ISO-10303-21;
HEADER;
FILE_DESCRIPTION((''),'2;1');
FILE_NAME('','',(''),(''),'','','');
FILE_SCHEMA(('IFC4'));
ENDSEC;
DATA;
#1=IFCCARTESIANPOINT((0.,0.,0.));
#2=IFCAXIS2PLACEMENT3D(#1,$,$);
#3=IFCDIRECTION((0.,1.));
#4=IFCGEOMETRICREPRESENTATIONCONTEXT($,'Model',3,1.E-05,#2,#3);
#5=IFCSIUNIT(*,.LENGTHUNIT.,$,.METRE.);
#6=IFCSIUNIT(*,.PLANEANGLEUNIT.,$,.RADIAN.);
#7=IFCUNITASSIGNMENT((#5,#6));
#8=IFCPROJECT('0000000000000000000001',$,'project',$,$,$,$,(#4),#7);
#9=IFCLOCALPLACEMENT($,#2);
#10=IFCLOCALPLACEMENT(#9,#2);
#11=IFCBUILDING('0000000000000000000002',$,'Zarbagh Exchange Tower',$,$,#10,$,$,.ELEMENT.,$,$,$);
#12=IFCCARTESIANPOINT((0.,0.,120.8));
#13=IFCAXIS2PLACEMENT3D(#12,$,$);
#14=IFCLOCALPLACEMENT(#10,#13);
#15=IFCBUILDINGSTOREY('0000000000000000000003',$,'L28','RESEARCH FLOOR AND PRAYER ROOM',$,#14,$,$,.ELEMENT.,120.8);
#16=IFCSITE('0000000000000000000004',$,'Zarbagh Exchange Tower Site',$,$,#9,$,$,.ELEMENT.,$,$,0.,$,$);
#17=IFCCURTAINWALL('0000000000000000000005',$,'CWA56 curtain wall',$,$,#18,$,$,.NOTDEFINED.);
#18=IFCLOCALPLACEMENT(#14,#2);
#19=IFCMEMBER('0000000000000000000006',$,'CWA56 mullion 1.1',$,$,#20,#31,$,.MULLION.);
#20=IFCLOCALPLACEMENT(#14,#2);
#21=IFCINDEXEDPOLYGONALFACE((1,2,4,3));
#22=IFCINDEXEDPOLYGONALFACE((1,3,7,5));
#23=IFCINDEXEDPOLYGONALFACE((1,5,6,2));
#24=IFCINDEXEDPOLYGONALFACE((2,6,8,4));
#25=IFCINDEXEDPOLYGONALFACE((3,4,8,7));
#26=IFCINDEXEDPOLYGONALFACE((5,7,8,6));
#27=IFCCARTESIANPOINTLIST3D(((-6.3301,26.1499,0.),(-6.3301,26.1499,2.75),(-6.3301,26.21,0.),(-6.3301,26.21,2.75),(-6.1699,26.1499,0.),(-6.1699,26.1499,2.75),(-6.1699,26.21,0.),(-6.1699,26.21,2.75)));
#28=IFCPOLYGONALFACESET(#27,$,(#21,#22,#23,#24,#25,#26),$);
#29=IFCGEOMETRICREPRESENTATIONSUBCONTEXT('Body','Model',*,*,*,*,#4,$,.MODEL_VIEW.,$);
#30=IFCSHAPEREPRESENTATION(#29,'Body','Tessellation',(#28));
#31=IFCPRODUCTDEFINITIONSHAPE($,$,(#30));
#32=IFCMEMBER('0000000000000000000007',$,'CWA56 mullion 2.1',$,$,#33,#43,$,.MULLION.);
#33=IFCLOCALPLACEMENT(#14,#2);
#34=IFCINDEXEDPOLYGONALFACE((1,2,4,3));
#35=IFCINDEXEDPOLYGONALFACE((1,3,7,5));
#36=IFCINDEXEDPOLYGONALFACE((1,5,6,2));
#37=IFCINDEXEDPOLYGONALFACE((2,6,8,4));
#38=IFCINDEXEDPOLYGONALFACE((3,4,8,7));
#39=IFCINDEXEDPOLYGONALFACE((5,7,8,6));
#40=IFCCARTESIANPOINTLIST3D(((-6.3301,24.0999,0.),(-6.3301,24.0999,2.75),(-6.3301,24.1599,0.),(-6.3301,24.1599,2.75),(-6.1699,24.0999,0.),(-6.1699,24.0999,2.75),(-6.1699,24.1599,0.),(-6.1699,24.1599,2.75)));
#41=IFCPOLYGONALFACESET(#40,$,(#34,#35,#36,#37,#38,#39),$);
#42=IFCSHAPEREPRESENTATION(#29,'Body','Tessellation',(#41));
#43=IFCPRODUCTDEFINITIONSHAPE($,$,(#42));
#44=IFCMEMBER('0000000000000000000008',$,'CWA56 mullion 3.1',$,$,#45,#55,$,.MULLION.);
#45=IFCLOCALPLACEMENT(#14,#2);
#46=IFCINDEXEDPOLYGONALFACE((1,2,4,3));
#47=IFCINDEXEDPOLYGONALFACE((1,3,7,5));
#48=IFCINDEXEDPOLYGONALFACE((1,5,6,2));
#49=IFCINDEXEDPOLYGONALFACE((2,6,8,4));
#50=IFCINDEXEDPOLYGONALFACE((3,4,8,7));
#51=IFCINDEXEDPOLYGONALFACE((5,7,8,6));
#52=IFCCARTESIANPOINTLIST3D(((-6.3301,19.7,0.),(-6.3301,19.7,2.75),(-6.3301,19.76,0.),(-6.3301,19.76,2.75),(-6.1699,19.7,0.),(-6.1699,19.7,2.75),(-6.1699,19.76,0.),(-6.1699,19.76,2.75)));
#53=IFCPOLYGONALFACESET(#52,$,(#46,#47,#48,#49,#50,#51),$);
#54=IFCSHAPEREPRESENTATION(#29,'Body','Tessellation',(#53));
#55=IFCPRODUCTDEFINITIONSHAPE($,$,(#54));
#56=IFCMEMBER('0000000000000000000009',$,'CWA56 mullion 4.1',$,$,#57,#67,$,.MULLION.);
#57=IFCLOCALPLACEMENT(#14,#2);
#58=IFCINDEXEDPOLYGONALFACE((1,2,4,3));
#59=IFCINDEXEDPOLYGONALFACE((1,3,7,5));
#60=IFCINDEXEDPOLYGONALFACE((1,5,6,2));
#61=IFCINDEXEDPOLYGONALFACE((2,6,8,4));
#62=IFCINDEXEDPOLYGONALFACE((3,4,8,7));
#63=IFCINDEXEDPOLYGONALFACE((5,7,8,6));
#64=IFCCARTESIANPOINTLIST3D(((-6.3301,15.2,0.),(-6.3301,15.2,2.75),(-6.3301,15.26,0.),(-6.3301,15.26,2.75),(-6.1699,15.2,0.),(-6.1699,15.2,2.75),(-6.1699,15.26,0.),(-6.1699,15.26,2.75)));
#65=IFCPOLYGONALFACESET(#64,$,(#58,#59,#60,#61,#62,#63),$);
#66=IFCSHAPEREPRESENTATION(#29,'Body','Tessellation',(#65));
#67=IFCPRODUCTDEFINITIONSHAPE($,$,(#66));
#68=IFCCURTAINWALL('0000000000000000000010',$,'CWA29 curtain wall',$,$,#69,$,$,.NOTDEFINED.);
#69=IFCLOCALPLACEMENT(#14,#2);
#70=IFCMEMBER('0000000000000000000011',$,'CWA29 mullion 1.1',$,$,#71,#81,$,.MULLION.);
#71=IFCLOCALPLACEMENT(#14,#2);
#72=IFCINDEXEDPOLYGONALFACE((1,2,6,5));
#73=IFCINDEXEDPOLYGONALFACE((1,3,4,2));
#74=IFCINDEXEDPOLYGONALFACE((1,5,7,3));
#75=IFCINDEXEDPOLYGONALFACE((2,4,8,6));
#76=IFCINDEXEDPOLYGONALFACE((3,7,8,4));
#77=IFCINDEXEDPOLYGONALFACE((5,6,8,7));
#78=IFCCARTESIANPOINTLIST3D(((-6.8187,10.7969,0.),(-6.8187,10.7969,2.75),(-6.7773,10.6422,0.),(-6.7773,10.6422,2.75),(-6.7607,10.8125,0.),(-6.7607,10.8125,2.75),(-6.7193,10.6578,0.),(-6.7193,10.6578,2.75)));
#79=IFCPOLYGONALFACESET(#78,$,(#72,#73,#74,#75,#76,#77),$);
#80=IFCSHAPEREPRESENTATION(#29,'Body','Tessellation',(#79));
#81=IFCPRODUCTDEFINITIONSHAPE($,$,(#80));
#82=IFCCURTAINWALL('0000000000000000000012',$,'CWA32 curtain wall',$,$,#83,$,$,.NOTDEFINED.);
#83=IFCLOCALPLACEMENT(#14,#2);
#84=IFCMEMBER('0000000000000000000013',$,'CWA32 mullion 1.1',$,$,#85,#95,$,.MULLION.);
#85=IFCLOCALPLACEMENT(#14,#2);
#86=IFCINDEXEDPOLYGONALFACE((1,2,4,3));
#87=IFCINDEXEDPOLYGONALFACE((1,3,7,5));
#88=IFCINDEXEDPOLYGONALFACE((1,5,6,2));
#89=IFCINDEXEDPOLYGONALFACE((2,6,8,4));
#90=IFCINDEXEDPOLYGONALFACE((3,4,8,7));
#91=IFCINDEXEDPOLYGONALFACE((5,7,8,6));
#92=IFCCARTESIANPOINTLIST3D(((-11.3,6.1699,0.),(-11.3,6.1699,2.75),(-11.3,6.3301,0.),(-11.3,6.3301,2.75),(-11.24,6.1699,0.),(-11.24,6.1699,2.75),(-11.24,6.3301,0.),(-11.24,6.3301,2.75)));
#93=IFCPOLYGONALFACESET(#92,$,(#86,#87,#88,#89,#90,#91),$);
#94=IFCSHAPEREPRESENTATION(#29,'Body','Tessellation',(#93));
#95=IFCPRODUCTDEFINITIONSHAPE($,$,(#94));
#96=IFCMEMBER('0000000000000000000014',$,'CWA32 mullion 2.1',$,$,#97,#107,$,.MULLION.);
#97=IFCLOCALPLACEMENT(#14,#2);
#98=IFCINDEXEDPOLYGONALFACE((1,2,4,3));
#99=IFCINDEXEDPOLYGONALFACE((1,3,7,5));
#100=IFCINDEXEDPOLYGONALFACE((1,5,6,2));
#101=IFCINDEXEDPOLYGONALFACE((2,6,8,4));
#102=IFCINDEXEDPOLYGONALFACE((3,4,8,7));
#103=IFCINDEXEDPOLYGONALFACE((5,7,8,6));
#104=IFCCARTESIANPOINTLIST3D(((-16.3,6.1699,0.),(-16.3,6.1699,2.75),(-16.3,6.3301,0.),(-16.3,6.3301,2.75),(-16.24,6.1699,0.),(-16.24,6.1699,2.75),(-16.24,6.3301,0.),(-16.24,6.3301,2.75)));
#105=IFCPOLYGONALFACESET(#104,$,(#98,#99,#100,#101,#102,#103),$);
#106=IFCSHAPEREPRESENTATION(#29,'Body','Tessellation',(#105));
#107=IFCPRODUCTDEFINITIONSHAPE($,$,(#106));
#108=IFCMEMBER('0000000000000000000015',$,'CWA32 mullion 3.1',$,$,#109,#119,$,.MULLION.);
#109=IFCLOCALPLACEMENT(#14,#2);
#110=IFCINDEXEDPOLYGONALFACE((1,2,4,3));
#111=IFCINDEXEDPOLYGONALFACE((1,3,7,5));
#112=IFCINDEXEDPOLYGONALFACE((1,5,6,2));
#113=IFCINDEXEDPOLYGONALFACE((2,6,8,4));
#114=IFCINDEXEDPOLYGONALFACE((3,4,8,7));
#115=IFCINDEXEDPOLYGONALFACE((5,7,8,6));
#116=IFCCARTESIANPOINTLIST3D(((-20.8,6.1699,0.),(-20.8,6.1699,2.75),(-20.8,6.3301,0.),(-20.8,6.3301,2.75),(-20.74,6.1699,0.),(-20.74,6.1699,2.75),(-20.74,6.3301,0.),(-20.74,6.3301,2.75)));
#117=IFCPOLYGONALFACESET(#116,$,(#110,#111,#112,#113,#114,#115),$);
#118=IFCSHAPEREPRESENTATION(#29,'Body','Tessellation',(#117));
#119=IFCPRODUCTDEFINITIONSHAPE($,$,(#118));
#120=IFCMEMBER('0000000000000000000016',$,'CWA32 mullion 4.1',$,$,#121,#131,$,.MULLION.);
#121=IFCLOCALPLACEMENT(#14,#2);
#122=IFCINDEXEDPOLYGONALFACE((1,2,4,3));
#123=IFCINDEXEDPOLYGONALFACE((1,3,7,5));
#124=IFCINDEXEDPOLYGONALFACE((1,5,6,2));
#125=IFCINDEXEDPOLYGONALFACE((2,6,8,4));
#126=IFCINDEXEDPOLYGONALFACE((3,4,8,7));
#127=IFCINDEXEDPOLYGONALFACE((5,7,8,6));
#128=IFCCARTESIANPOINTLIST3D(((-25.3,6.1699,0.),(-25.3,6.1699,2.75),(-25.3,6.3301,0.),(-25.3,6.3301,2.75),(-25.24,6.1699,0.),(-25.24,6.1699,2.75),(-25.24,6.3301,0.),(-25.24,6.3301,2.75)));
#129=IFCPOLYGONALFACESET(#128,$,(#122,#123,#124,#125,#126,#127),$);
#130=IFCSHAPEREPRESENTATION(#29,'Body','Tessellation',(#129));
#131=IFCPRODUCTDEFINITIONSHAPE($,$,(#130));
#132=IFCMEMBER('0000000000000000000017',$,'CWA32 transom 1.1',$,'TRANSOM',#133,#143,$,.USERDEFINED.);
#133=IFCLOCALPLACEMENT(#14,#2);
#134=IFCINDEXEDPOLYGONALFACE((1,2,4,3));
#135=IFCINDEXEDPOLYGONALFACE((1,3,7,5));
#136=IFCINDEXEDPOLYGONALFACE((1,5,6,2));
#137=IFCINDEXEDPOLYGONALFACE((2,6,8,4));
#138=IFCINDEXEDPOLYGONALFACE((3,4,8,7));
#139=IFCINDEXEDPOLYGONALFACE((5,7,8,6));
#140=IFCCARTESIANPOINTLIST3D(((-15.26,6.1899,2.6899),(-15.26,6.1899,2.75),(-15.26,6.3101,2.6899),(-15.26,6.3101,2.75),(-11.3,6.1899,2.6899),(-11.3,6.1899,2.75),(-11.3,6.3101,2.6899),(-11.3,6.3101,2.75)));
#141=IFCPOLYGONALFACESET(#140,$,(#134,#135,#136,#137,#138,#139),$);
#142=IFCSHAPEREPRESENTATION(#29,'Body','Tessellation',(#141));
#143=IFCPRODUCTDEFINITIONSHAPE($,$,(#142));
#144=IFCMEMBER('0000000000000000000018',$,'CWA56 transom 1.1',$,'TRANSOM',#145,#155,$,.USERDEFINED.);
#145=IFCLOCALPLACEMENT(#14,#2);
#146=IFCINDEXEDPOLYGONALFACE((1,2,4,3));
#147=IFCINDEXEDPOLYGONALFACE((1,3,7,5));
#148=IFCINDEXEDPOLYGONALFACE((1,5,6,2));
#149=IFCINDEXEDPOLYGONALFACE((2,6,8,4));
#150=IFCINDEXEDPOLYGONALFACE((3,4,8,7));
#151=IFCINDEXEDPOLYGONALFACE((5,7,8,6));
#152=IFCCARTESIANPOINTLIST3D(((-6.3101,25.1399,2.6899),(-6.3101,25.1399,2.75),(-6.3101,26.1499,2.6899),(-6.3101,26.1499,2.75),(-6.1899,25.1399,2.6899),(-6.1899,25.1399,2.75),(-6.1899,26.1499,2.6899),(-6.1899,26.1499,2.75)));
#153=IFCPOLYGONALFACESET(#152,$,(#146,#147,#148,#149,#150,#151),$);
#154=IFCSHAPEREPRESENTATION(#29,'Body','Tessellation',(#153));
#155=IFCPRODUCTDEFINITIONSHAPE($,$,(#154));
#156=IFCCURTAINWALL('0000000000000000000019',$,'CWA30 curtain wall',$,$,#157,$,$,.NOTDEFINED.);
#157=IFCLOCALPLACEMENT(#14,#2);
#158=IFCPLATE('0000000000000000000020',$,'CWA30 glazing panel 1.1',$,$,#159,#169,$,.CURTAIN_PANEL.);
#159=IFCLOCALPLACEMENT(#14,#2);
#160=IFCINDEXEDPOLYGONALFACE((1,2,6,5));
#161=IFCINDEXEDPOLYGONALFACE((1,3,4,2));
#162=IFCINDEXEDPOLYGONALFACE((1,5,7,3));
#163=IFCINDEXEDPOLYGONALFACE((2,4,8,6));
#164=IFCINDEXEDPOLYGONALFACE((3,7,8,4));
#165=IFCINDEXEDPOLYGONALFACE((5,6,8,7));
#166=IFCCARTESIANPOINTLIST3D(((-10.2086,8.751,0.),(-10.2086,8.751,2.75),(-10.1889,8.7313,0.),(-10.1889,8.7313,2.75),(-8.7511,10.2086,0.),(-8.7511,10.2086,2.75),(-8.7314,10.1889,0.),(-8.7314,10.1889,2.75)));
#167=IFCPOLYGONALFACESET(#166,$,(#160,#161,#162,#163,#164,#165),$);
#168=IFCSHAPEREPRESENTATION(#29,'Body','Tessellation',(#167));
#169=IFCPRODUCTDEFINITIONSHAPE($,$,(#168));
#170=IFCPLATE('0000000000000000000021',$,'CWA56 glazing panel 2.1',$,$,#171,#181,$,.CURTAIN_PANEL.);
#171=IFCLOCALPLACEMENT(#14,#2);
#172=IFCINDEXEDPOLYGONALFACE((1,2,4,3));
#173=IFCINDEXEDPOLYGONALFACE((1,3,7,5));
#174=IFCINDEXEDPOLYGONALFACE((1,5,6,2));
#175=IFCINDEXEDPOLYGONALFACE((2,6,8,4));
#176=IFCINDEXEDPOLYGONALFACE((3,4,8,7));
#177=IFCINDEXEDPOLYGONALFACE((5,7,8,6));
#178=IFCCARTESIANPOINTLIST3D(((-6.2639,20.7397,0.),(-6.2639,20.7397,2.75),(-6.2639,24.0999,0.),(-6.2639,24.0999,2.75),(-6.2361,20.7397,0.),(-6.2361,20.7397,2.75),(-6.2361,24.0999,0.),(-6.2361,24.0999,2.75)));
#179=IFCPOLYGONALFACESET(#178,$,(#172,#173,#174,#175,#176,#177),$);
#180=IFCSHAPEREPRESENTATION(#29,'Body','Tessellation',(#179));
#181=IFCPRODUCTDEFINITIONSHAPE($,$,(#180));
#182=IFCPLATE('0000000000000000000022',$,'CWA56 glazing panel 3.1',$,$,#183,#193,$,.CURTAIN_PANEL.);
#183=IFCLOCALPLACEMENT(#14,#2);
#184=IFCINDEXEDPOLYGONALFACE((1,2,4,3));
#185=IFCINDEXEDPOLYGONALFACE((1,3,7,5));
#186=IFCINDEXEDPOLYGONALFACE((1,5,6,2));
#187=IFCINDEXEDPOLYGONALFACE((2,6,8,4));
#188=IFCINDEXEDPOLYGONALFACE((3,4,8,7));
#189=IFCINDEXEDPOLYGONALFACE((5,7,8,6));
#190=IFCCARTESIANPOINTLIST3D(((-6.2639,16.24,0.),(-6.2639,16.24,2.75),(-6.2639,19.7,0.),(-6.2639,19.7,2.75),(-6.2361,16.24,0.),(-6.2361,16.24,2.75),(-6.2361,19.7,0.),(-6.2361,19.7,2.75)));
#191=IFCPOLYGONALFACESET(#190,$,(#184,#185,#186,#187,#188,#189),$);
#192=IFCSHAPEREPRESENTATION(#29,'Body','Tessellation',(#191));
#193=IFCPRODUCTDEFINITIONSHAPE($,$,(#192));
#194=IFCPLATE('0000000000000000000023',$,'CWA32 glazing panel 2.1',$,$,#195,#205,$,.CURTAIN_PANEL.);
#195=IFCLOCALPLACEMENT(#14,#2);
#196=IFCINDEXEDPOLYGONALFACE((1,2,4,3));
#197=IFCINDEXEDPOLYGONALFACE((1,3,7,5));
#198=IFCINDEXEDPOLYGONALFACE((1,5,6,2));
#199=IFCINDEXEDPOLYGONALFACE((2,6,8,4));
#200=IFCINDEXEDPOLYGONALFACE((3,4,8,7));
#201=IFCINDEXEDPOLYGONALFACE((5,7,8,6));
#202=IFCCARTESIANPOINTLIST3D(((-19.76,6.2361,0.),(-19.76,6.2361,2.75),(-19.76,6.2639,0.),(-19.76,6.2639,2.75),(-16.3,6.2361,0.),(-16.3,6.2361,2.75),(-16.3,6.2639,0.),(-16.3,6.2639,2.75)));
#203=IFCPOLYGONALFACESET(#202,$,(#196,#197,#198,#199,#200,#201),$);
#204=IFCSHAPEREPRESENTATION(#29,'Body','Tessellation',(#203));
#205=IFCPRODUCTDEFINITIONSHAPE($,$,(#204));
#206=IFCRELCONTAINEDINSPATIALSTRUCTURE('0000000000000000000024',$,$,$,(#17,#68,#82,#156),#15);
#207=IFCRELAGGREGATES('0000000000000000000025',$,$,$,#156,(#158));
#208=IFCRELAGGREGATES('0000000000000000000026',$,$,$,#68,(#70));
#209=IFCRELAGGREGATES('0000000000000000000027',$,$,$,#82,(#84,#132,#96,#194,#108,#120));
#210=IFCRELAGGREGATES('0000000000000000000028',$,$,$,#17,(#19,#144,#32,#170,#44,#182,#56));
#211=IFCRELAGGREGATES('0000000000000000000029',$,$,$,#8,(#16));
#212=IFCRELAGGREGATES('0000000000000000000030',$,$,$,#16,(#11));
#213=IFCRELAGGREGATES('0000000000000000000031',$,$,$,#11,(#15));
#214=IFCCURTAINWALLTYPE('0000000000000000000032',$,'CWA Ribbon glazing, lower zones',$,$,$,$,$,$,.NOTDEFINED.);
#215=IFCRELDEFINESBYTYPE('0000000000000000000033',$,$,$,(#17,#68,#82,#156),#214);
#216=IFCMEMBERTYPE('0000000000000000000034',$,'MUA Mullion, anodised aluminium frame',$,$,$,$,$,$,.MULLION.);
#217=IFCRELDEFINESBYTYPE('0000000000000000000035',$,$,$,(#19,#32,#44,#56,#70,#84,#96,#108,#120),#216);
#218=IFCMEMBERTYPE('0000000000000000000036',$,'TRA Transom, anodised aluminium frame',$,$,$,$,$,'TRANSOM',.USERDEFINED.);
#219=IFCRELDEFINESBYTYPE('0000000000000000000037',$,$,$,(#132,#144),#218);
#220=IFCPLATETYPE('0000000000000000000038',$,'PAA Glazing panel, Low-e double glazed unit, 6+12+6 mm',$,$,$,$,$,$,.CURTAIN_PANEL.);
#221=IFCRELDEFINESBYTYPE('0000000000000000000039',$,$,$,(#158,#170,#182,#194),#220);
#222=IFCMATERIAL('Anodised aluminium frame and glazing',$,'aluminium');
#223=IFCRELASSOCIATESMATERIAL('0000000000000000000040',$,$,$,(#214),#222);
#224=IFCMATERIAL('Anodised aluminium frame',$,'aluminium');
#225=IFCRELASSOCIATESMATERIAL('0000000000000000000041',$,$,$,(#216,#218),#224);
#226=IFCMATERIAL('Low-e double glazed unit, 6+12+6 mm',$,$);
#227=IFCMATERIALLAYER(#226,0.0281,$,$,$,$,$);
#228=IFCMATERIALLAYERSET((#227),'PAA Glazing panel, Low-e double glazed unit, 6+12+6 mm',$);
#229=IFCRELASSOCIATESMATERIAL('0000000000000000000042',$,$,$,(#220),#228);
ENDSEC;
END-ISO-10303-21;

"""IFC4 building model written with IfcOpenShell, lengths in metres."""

from ifc_helpers import new_model, si_unit, direction, frame, origin, place, context, subcontext, project, spatial, polyline, outline, extrude, source, transform, mapped, material, layer, layer_set, type_object, element, aggregate, save


model = new_model("IFC4")

# Units and contexts
model_context = context("Model", 3, precision=1e-05, world=origin(), true_north=direction((0.0, 1.0)))
body_context = subcontext(model_context, "Body", "Model", "MODEL_VIEW")
ifc_project = project(units=[si_unit("LENGTHUNIT", "METRE"), si_unit("PLANEANGLEUNIT", "RADIAN")], contexts=[model_context])

# Site, building, storey
site_placement = place(None, origin())
site = spatial("IfcSite", under=ifc_project, at=site_placement, Name="Zarbagh Exchange Tower Site", CompositionType="ELEMENT", RefElevation=0.0)
building_placement = place(site_placement, origin())
building = spatial("IfcBuilding", under=site, at=building_placement, Name="Zarbagh Exchange Tower", CompositionType="ELEMENT")
storey_placement = place(building_placement, frame((0.0, 0.0, 120.8)))
storey = spatial("IfcBuildingStorey", under=building, at=storey_placement, Name="L28", Description="RESEARCH FLOOR AND PRAYER ROOM", CompositionType="ELEMENT", Elevation=120.8)

# Curtain wall, members
ifc_material_1 = material(Name="Anodised aluminium frame and glazing", Category="aluminium")
curtain_wall_type = type_object("IfcCurtainWallType", Name="CWA Ribbon glazing, lower zones", PredefinedType="NOTDEFINED", material=ifc_material_1)
curtain_wall_1_placement = place(storey_placement, origin())
curtain_wall_1 = element("IfcCurtainWall", 1, at=curtain_wall_1_placement, inside=storey, type_object=curtain_wall_type, Name="CWA56 curtain wall", PredefinedType="NOTDEFINED")
ifc_material_2 = material(Name="Anodised aluminium frame", Category="aluminium")
member_type_1 = type_object("IfcMemberType", Name="MUA Mullion, anodised aluminium frame", PredefinedType="MULLION", material=ifc_material_2)
shared_shape_1 = source(origin(), body_context, "Body", "SweptSolid", [
    extrude(outline(polyline([(0.0, -0.0801), (0.0601, -0.0801), (0.0601, 0.0801), (0.0, 0.0801), (0.0, -0.0801)])), origin(), (0.0, 0.0, 1.0), 2.75),
])
placement = place(storey_placement, origin())
member_1 = element("IfcMember", 2, at=placement, type_object=member_type_1, Name="CWA56 mullion 1.1", PredefinedType="MULLION", context=body_context, shape_type="MappedRepresentation", body=[
    mapped(shared_shape_1, transform((-6.25, 26.21, 0.0), x_axis=(0.0, -1.0, 0.0), y_axis=(1.0, 0.0, 0.0), z_axis=(0.0, 0.0, 1.0))),
])
member_2 = element("IfcMember", 3, at=placement, type_object=member_type_1, Name="CWA56 mullion 2.1", PredefinedType="MULLION", context=body_context, shape_type="MappedRepresentation", body=[
    mapped(shared_shape_1, transform((-6.25, 24.1599, 0.0), x_axis=(0.0, -1.0, 0.0), y_axis=(1.0, 0.0, 0.0), z_axis=(0.0, 0.0, 1.0))),
])
member_3 = element("IfcMember", 4, at=placement, type_object=member_type_1, Name="CWA56 mullion 3.1", PredefinedType="MULLION", context=body_context, shape_type="MappedRepresentation", body=[
    mapped(shared_shape_1, transform((-6.25, 19.76, 0.0), x_axis=(0.0, -1.0, 0.0), y_axis=(1.0, 0.0, 0.0), z_axis=(0.0, 0.0, 1.0))),
])
member_4 = element("IfcMember", 5, at=placement, type_object=member_type_1, Name="CWA56 mullion 4.1", PredefinedType="MULLION", context=body_context, shape_type="MappedRepresentation", body=[
    mapped(shared_shape_1, transform((-6.25, 15.26, 0.0), x_axis=(0.0, -1.0, 0.0), y_axis=(1.0, 0.0, 0.0), z_axis=(0.0, 0.0, 1.0))),
])

# Curtain wall, member
curtain_wall_2_placement = place(storey_placement, origin())
curtain_wall_2 = element("IfcCurtainWall", 6, at=curtain_wall_2_placement, inside=storey, type_object=curtain_wall_type, Name="CWA29 curtain wall", PredefinedType="NOTDEFINED")
member_5 = element("IfcMember", 7, at=placement, type_object=member_type_1, Name="CWA29 mullion 1.1", PredefinedType="MULLION", context=body_context, shape_type="MappedRepresentation", body=[
    mapped(shared_shape_1, transform((-6.74, 10.7351, 0.0), x_axis=(-0.965924, -0.258825, 0.0), y_axis=(0.258825, -0.965924, 0.0), z_axis=(0.0, 0.0, 1.0))),
])

# Curtain wall, members
curtain_wall_3_placement = place(storey_placement, origin())
curtain_wall_3 = element("IfcCurtainWall", 8, at=curtain_wall_3_placement, inside=storey, type_object=curtain_wall_type, Name="CWA32 curtain wall", PredefinedType="NOTDEFINED")
member_6 = element("IfcMember", 9, at=placement, type_object=member_type_1, Name="CWA32 mullion 1.1", PredefinedType="MULLION", context=body_context, shape_type="MappedRepresentation", body=[
    mapped(shared_shape_1, transform((-11.24, 6.25, 0.0), x_axis=(-1.0, 0.0, 0.0), y_axis=(0.0, -1.0, 0.0), z_axis=(0.0, 0.0, 1.0))),
])
member_7 = element("IfcMember", 10, at=placement, type_object=member_type_1, Name="CWA32 mullion 2.1", PredefinedType="MULLION", context=body_context, shape_type="MappedRepresentation", body=[
    mapped(shared_shape_1, transform((-16.24, 6.25, 0.0), x_axis=(-1.0, 0.0, 0.0), y_axis=(0.0, -1.0, 0.0), z_axis=(0.0, 0.0, 1.0))),
])
member_8 = element("IfcMember", 11, at=placement, type_object=member_type_1, Name="CWA32 mullion 3.1", PredefinedType="MULLION", context=body_context, shape_type="MappedRepresentation", body=[
    mapped(shared_shape_1, transform((-20.74, 6.25, 0.0), x_axis=(-1.0, 0.0, 0.0), y_axis=(0.0, -1.0, 0.0), z_axis=(0.0, 0.0, 1.0))),
])
member_9 = element("IfcMember", 12, at=placement, type_object=member_type_1, Name="CWA32 mullion 4.1", PredefinedType="MULLION", context=body_context, shape_type="MappedRepresentation", body=[
    mapped(shared_shape_1, transform((-25.24, 6.25, 0.0), x_axis=(-1.0, 0.0, 0.0), y_axis=(0.0, -1.0, 0.0), z_axis=(0.0, 0.0, 1.0))),
])
member_type_2 = type_object("IfcMemberType", Name="TRA Transom, anodised aluminium frame", ElementType="TRANSOM", PredefinedType="USERDEFINED", material=ifc_material_2)
shared_shape_2 = source(origin(), body_context, "Body", "SweptSolid", [
    extrude(outline(polyline([(-0.0601, -0.0601), (0.0, -0.0601), (0.0, 0.0601), (-0.0601, 0.0601), (-0.0601, -0.0601)])), origin(), (0.0, 0.0, 1.0), 3.96),
])
member_10 = element("IfcMember", 13, at=placement, type_object=member_type_2, Name="CWA32 transom 1.1", ObjectType="TRANSOM", PredefinedType="USERDEFINED", context=body_context, shape_type="MappedRepresentation", body=[
    mapped(shared_shape_2, transform((-11.3, 6.25, 2.75), x_axis=(0.0, 0.0, 1.0), y_axis=(0.0, 1.0, 0.0), z_axis=(-1.0, 0.0, 0.0))),
])

# Member
shared_shape_3 = source(origin(), body_context, "Body", "SweptSolid", [
    extrude(outline(polyline([(-0.0601, -0.0601), (0.0, -0.0601), (0.0, 0.0601), (-0.0601, 0.0601), (-0.0601, -0.0601)])), origin(), (0.0, 0.0, 1.0), 1.01),
])
member_11 = element("IfcMember", 14, at=placement, type_object=member_type_2, Name="CWA56 transom 1.1", ObjectType="TRANSOM", PredefinedType="USERDEFINED", context=body_context, shape_type="MappedRepresentation", body=[
    mapped(shared_shape_3, transform((-6.25, 26.1499, 2.75), x_axis=(0.0, 0.0, 1.0), y_axis=(-1.0, 0.0, 0.0), z_axis=(0.0, -1.0, 0.0))),
])

# Curtain wall, plate
curtain_wall_4_placement = place(storey_placement, origin())
curtain_wall_4 = element("IfcCurtainWall", 15, at=curtain_wall_4_placement, inside=storey, type_object=curtain_wall_type, Name="CWA30 curtain wall", PredefinedType="NOTDEFINED")
ifc_material_3 = material(Name="Low-e double glazed unit, 6+12+6 mm")
ifc_layer = layer(ifc_material_3, 0.0281)
ifc_layer_set = layer_set([ifc_layer], Name="PAA Glazing panel, Low-e double glazed unit, 6+12+6 mm")
plate_type = type_object("IfcPlateType", Name="PAA Glazing panel, Low-e double glazed unit, 6+12+6 mm", PredefinedType="CURTAIN_PANEL", material=ifc_layer_set)
shared_shape_4 = source(origin(), body_context, "Body", "SweptSolid", [
    extrude(outline(polyline([(0.0, -0.0139), (2.0613, -0.0139), (2.0613, 0.0139), (0.0, 0.0139), (0.0, -0.0139)])), origin(), (0.0, 0.0, 1.0), 2.75),
])
plate_1 = element("IfcPlate", 16, at=placement, type_object=plate_type, Name="CWA30 glazing panel 1.1", PredefinedType="CURTAIN_PANEL", context=body_context, shape_type="MappedRepresentation", body=[
    mapped(shared_shape_4, transform((-8.7412, 10.1987, 0.0), x_axis=(-0.707107, -0.707107, 0.0), y_axis=(0.707107, -0.707107, 0.0), z_axis=(0.0, 0.0, 1.0))),
])
aggregate(curtain_wall_4, [plate_1])

# Plates
shared_shape_5 = source(origin(), body_context, "Body", "SweptSolid", [
    extrude(outline(polyline([(0.0, -0.0139), (3.3601, -0.0139), (3.3601, 0.0139), (0.0, 0.0139), (0.0, -0.0139)])), origin(), (0.0, 0.0, 1.0), 2.75),
])
plate_2 = element("IfcPlate", 17, at=placement, type_object=plate_type, Name="CWA56 glazing panel 2.1", PredefinedType="CURTAIN_PANEL", context=body_context, shape_type="MappedRepresentation", body=[
    mapped(shared_shape_5, transform((-6.25, 24.0999, 0.0), x_axis=(0.0, -1.0, 0.0), y_axis=(1.0, 0.0, 0.0), z_axis=(0.0, 0.0, 1.0))),
])
shared_shape_6 = source(origin(), body_context, "Body", "SweptSolid", [
    extrude(outline(polyline([(0.0, -0.0139), (3.46, -0.0139), (3.46, 0.0139), (0.0, 0.0139), (0.0, -0.0139)])), origin(), (0.0, 0.0, 1.0), 2.75),
])
plate_3 = element("IfcPlate", 18, at=placement, type_object=plate_type, Name="CWA56 glazing panel 3.1", PredefinedType="CURTAIN_PANEL", context=body_context, shape_type="MappedRepresentation", body=[
    mapped(shared_shape_6, transform((-6.25, 19.7, 0.0), x_axis=(0.0, -1.0, 0.0), y_axis=(1.0, 0.0, 0.0), z_axis=(0.0, 0.0, 1.0))),
])
plate_4 = element("IfcPlate", 19, at=placement, type_object=plate_type, Name="CWA32 glazing panel 2.1", PredefinedType="CURTAIN_PANEL", context=body_context, shape_type="MappedRepresentation", body=[
    mapped(shared_shape_6, transform((-16.3, 6.25, 0.0), x_axis=(-1.0, 0.0, 0.0), y_axis=(0.0, -1.0, 0.0), z_axis=(0.0, 0.0, 1.0))),
])
aggregate(curtain_wall_2, [member_5])

aggregate(curtain_wall_3, [member_6, member_10, member_7, plate_4, member_8, member_9])

aggregate(curtain_wall_1, [member_1, member_11, member_2, plate_2, member_3, plate_3, member_4])

save(model, "model.ifc")
